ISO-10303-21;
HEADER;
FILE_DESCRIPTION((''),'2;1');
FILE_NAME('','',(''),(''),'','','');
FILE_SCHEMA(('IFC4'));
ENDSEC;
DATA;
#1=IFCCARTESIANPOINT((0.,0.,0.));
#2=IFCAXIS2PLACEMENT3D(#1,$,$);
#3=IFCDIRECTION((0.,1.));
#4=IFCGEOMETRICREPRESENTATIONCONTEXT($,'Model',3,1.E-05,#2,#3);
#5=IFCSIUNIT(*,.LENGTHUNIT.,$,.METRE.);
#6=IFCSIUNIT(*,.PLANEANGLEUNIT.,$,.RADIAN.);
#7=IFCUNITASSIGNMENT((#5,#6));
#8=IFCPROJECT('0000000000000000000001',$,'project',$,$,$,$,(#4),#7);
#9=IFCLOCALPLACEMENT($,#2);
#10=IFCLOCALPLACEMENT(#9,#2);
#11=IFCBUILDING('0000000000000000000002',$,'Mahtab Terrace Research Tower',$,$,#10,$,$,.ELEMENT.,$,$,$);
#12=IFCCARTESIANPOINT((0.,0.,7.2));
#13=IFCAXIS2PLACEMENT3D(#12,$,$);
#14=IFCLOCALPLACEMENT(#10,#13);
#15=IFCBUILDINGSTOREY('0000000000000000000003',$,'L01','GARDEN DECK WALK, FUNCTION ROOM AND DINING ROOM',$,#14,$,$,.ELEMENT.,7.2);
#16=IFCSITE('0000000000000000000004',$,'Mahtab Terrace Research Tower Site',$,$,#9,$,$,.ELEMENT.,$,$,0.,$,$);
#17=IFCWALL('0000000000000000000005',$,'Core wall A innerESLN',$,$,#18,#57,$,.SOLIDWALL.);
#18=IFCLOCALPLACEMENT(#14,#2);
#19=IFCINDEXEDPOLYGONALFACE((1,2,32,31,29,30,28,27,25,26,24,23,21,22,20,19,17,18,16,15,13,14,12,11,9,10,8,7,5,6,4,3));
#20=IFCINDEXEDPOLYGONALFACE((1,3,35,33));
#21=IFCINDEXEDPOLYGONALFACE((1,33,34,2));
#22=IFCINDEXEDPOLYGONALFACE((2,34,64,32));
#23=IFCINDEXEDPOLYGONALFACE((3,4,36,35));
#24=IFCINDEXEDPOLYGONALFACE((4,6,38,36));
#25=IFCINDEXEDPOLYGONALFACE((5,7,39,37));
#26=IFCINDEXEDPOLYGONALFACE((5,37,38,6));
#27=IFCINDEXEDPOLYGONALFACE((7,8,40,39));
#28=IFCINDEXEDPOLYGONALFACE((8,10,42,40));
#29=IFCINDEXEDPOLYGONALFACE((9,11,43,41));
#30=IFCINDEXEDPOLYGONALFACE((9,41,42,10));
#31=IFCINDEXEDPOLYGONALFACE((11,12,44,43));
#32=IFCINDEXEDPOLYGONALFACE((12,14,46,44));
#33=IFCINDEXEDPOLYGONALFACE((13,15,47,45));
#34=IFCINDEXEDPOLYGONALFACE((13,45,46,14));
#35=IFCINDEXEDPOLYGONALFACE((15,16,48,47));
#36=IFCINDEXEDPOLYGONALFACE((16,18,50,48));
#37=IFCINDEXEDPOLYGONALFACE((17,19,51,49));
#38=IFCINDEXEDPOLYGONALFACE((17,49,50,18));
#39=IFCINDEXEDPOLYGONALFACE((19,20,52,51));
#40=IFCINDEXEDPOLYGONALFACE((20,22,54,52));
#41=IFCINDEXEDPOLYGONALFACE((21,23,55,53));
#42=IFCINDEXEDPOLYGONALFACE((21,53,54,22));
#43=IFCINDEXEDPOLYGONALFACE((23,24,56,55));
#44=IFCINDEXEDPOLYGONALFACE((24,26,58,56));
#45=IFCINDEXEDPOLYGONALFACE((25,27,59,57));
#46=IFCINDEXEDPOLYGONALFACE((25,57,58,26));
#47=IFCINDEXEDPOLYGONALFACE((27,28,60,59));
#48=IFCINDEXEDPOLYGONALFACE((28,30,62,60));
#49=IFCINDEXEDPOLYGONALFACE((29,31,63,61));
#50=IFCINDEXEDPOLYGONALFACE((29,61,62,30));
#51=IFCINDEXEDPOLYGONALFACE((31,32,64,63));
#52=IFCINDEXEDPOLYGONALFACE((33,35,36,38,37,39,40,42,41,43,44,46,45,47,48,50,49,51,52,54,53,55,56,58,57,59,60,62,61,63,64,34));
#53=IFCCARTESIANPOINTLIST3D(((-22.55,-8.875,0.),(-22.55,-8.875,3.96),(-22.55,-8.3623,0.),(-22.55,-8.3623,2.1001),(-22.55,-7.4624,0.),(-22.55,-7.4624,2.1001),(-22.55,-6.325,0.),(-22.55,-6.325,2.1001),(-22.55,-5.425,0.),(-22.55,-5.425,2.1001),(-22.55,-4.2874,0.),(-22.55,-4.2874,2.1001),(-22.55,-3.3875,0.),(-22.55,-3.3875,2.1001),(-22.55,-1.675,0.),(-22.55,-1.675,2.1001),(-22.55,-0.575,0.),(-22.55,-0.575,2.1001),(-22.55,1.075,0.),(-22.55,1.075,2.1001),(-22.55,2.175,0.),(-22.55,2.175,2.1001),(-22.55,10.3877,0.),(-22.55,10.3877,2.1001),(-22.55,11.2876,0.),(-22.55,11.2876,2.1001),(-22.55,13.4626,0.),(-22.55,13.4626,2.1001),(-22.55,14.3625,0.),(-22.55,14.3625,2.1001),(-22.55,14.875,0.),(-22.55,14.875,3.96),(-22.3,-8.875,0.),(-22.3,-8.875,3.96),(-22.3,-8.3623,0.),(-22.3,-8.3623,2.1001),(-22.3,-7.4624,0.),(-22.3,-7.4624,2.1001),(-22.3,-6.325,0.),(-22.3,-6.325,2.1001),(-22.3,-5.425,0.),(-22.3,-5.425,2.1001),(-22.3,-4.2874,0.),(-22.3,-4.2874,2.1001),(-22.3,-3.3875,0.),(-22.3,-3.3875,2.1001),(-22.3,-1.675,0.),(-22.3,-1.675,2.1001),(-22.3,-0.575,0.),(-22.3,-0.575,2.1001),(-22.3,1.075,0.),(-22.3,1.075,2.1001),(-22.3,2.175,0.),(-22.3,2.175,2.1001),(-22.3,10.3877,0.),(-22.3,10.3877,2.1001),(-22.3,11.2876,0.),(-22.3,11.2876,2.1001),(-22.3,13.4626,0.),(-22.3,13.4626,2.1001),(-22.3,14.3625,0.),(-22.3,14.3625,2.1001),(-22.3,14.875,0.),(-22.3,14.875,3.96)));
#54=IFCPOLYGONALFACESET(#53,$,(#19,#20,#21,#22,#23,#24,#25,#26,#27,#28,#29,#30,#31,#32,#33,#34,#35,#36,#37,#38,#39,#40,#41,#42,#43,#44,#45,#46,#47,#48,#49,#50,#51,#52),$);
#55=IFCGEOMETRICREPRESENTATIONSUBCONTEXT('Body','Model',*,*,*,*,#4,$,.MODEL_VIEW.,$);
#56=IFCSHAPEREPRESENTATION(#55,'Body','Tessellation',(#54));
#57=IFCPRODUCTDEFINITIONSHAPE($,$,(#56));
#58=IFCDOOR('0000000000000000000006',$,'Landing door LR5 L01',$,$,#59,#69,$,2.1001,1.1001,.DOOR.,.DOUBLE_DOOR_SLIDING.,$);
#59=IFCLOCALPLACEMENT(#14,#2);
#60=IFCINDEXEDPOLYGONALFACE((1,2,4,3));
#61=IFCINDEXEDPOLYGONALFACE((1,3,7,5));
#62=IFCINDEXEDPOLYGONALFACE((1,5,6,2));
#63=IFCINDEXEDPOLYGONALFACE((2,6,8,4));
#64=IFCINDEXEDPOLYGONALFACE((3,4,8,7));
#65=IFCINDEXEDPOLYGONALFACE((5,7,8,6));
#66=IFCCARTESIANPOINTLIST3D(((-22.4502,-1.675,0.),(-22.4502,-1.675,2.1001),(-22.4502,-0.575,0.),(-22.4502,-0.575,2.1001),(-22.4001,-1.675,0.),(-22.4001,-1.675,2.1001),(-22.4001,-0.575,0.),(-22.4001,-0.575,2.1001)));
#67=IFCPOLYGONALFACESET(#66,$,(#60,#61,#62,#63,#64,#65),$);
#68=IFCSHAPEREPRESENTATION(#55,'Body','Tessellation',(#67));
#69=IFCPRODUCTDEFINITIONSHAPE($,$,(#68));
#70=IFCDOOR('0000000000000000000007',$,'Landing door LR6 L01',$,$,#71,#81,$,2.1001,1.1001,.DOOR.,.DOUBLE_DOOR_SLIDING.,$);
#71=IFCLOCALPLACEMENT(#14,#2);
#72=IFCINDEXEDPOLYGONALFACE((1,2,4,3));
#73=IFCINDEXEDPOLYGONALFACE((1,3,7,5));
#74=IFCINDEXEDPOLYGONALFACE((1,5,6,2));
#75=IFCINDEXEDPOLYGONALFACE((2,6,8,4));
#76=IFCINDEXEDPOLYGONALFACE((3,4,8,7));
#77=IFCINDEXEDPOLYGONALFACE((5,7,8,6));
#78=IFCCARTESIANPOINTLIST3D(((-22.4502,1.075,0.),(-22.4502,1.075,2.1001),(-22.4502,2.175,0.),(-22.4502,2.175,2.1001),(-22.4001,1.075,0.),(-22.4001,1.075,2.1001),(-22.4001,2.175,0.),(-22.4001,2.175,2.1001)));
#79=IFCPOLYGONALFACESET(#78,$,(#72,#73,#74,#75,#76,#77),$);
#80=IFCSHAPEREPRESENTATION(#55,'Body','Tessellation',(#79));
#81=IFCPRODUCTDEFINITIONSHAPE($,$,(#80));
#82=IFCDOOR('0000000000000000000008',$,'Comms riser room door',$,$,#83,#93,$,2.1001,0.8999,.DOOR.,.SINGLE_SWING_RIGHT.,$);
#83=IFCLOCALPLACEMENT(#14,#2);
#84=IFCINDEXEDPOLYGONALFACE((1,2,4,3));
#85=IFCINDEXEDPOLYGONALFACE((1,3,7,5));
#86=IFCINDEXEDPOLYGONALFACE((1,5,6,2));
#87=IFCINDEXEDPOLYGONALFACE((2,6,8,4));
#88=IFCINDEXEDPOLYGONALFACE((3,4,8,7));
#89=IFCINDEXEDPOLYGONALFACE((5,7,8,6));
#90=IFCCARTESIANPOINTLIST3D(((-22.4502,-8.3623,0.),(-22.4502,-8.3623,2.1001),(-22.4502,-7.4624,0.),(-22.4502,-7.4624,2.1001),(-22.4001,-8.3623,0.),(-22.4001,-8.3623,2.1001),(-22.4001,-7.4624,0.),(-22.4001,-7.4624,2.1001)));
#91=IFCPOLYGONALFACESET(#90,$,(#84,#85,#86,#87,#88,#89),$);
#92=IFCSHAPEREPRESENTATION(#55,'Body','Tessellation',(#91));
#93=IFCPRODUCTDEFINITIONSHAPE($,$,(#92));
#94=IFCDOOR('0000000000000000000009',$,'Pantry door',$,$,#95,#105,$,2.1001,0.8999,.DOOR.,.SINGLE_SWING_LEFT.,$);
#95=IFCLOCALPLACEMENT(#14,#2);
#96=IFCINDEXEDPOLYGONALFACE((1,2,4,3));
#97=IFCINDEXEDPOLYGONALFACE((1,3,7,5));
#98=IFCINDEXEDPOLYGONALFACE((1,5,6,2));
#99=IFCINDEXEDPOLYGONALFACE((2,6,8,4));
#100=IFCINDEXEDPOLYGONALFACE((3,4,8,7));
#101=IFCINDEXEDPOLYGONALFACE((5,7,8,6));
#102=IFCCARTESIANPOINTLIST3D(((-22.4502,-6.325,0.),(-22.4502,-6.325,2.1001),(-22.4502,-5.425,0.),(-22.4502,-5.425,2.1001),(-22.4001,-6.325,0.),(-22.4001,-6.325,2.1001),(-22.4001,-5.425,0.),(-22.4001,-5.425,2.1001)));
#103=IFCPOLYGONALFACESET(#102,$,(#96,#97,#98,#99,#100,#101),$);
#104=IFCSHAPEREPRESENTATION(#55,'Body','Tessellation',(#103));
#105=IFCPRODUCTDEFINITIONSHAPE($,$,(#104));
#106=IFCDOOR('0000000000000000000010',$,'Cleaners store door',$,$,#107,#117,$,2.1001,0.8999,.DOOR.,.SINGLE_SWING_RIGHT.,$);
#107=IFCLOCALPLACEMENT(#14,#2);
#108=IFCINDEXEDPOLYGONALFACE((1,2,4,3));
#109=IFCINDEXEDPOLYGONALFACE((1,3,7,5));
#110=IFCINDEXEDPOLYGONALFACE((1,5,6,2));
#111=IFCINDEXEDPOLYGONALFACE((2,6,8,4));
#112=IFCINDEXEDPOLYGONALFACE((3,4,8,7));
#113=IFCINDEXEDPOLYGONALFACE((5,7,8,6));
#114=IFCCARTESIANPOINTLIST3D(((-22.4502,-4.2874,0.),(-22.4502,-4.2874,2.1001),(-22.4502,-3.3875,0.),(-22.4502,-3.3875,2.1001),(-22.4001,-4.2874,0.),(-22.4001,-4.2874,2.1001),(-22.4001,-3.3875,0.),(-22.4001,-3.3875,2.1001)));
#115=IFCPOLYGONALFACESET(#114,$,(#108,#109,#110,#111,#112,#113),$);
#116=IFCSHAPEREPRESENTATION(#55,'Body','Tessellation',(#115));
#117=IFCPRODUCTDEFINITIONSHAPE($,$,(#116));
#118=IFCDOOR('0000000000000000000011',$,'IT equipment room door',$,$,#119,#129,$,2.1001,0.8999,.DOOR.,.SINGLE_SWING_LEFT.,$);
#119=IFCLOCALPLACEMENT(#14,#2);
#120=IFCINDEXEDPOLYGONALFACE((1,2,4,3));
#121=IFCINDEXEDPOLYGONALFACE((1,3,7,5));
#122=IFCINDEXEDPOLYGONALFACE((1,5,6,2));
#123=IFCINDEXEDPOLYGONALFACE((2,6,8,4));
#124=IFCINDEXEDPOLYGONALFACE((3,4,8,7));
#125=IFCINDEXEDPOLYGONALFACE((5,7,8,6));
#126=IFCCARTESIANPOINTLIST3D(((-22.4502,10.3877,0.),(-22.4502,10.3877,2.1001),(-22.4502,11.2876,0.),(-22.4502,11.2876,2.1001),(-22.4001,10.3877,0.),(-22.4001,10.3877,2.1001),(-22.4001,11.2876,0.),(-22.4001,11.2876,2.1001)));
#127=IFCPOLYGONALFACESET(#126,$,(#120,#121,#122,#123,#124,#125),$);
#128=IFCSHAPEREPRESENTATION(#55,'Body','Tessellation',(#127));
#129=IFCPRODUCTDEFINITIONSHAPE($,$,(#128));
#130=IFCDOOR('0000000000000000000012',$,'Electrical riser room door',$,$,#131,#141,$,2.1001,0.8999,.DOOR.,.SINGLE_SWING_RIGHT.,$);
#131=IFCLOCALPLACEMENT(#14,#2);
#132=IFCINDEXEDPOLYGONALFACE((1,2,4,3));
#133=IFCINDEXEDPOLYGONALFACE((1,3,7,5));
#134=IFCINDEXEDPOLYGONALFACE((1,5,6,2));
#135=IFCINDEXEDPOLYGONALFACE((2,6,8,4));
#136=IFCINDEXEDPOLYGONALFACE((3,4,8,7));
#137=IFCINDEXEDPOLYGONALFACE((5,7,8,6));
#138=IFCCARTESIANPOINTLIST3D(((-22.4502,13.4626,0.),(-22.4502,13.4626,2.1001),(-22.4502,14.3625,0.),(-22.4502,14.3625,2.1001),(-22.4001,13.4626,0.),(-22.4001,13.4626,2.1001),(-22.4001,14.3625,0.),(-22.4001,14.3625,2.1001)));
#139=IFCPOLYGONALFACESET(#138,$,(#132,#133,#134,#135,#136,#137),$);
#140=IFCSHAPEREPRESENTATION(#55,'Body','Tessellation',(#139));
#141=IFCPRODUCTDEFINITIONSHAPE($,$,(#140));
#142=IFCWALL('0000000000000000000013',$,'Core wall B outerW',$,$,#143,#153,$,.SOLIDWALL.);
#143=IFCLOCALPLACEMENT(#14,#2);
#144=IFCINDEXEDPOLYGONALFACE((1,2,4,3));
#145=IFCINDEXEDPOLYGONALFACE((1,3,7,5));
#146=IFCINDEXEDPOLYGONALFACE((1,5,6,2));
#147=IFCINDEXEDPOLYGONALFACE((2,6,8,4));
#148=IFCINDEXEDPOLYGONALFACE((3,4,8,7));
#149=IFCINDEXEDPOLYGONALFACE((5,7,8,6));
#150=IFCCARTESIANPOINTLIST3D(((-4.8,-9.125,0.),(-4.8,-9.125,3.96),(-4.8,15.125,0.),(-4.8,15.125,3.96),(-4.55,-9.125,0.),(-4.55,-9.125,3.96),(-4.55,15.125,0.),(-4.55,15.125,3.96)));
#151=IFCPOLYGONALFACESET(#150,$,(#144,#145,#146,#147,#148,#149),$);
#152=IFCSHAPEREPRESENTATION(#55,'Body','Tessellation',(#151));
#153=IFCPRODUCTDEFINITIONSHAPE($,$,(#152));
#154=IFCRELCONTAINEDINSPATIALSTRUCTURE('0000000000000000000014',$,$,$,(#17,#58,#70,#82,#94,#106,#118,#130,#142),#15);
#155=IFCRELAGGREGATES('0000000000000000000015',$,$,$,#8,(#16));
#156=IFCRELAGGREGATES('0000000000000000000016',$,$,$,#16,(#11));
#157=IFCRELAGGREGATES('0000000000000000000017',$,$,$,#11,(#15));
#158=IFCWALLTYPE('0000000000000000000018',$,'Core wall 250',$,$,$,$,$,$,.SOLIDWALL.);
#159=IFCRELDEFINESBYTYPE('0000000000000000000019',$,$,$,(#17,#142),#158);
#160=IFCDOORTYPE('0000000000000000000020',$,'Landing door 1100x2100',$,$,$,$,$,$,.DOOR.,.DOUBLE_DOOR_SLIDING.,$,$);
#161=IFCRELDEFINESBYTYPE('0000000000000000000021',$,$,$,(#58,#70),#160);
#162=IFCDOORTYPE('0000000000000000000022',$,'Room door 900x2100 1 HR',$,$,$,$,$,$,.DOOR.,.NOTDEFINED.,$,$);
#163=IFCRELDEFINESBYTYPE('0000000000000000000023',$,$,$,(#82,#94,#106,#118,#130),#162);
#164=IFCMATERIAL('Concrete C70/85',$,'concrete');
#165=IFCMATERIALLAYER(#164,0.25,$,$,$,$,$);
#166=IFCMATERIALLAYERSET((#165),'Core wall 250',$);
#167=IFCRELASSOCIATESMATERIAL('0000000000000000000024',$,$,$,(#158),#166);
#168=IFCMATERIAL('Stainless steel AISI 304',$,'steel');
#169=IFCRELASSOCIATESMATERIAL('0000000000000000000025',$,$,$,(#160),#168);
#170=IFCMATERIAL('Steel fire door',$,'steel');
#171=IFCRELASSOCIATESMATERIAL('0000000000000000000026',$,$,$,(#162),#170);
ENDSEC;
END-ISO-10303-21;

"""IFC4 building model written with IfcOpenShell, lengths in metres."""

from ifc_helpers import new_model, si_unit, direction, frame, frame_2d, origin, place, context, subcontext, project, spatial, rectangle, extrude, material, layer, layer_set, type_object, element, fill, save


model = new_model("IFC4")

# Units and contexts
model_context = context("Model", 3, precision=1e-05, world=origin(), true_north=direction((0.0, 1.0)))
body_context = subcontext(model_context, "Body", "Model", "MODEL_VIEW")
ifc_project = project(units=[si_unit("LENGTHUNIT", "METRE"), si_unit("PLANEANGLEUNIT", "RADIAN")], contexts=[model_context])

# Site, building, storey
site_placement = place(None, origin())
site = spatial("IfcSite", under=ifc_project, at=site_placement, Name="Mahtab Terrace Research Tower Site", CompositionType="ELEMENT", RefElevation=0.0)
building_placement = place(site_placement, origin())
building = spatial("IfcBuilding", under=site, at=building_placement, Name="Mahtab Terrace Research Tower", CompositionType="ELEMENT")
storey_placement = place(building_placement, frame((0.0, 0.0, 7.2)))
storey = spatial("IfcBuildingStorey", under=building, at=storey_placement, Name="L01", Description="GARDEN DECK WALK, FUNCTION ROOM AND DINING ROOM", CompositionType="ELEMENT", Elevation=7.2)

# Shared definitions
ifc_material_1 = material(Name="Concrete C70/85", Category="concrete")

# Wall, openings, doors
ifc_layer_1 = layer(ifc_material_1, 0.25)
ifc_layer_set_1 = layer_set([ifc_layer_1], Name="Core wall 250")
wall_type_1 = type_object("IfcWallType", Name="Core wall 250", PredefinedType="SOLIDWALL", material=ifc_layer_set_1)
wall_1_placement = place(storey_placement, frame((-22.425, 14.875, 0.0), z_axis=(0.0, 0.0, 1.0), x_axis=(0.0, -1.0, 0.0)))
wall_1 = element("IfcWall", 1, at=wall_1_placement, inside=storey, type_object=wall_type_1, Name="Core wall A innerESLN", PredefinedType="SOLIDWALL", context=body_context, shape_type="SweptSolid", body=[
    extrude(rectangle(XDim=23.75, YDim=0.25, at=frame_2d((11.875, 0.0))), origin(), (0.0, 0.0, 1.0), 3.96),
])
opening_1_placement = place(wall_1_placement, frame((15.45, 0.0, 0.0)))
opening_1 = element("IfcOpeningElement", 2, at=opening_1_placement, cuts=wall_1, PredefinedType="OPENING", context=body_context, shape_type="SweptSolid", body=[
    extrude(rectangle(XDim=1.1001, YDim=2.1001, at=frame_2d((0.55, 1.05))), frame((0.0, 0.135, 0.0), z_axis=(0.0, -1.0, 0.0), x_axis=(1.0, 0.0, 0.0)), (0.0, 0.0, 1.0), 0.27),
])
opening_2_placement = place(wall_1_placement, frame((12.7, 0.0, 0.0)))
opening_2 = element("IfcOpeningElement", 3, at=opening_2_placement, cuts=wall_1, PredefinedType="OPENING", context=body_context, shape_type="SweptSolid", body=[
    extrude(rectangle(XDim=1.1001, YDim=2.1001, at=frame_2d((0.55, 1.05))), frame((0.0, 0.135, 0.0), z_axis=(0.0, -1.0, 0.0), x_axis=(1.0, 0.0, 0.0)), (0.0, 0.0, 1.0), 0.27),
])
opening_3_placement = place(wall_1_placement, frame((22.3374, 0.0, 0.0)))
opening_3 = element("IfcOpeningElement", 4, at=opening_3_placement, cuts=wall_1, PredefinedType="OPENING", context=body_context, shape_type="SweptSolid", body=[
    extrude(rectangle(XDim=0.8999, YDim=2.1001, at=frame_2d((0.45, 1.05))), frame((0.0, 0.135, 0.0), z_axis=(0.0, -1.0, 0.0), x_axis=(1.0, 0.0, 0.0)), (0.0, 0.0, 1.0), 0.27),
])
opening_4_placement = place(wall_1_placement, frame((20.3, 0.0, 0.0)))
opening_4 = element("IfcOpeningElement", 5, at=opening_4_placement, cuts=wall_1, PredefinedType="OPENING", context=body_context, shape_type="SweptSolid", body=[
    extrude(rectangle(XDim=0.8999, YDim=2.1001, at=frame_2d((0.45, 1.05))), frame((0.0, 0.135, 0.0), z_axis=(0.0, -1.0, 0.0), x_axis=(1.0, 0.0, 0.0)), (0.0, 0.0, 1.0), 0.27),
])
opening_5_placement = place(wall_1_placement, frame((18.2625, 0.0, 0.0)))
opening_5 = element("IfcOpeningElement", 6, at=opening_5_placement, cuts=wall_1, PredefinedType="OPENING", context=body_context, shape_type="SweptSolid", body=[
    extrude(rectangle(XDim=0.8999, YDim=2.1001, at=frame_2d((0.45, 1.05))), frame((0.0, 0.135, 0.0), z_axis=(0.0, -1.0, 0.0), x_axis=(1.0, 0.0, 0.0)), (0.0, 0.0, 1.0), 0.27),
])
opening_6_placement = place(wall_1_placement, frame((3.5874, 0.0, 0.0)))
opening_6 = element("IfcOpeningElement", 7, at=opening_6_placement, cuts=wall_1, PredefinedType="OPENING", context=body_context, shape_type="SweptSolid", body=[
    extrude(rectangle(XDim=0.8999, YDim=2.1001, at=frame_2d((0.45, 1.05))), frame((0.0, 0.135, 0.0), z_axis=(0.0, -1.0, 0.0), x_axis=(1.0, 0.0, 0.0)), (0.0, 0.0, 1.0), 0.27),
])
opening_7_placement = place(wall_1_placement, frame((0.5125, 0.0, 0.0)))
opening_7 = element("IfcOpeningElement", 8, at=opening_7_placement, cuts=wall_1, PredefinedType="OPENING", context=body_context, shape_type="SweptSolid", body=[
    extrude(rectangle(XDim=0.8999, YDim=2.1001, at=frame_2d((0.45, 1.05))), frame((0.0, 0.135, 0.0), z_axis=(0.0, -1.0, 0.0), x_axis=(1.0, 0.0, 0.0)), (0.0, 0.0, 1.0), 0.27),
])
ifc_material_2 = material(Name="Stainless steel AISI 304", Category="steel")
door_type_1 = type_object("IfcDoorType", Name="Landing door 1100x2100", OperationType="DOUBLE_DOOR_SLIDING", PredefinedType="DOOR", material=ifc_material_2)
door_1_placement = place(opening_1_placement, origin())
door_1 = element("IfcDoor", 9, at=door_1_placement, inside=storey, type_object=door_type_1, Name="Landing door LR5 L01", OperationType="DOUBLE_DOOR_SLIDING", OverallHeight=2.1001, OverallWidth=1.1001, PredefinedType="DOOR", context=body_context, shape_type="SweptSolid", body=[
    extrude(rectangle(XDim=1.1001, YDim=2.1001, at=frame_2d((0.55, 1.05))), frame((0.0, 0.0249, 0.0), z_axis=(0.0, -1.0, 0.0), x_axis=(1.0, 0.0, 0.0)), (0.0, 0.0, 1.0), 0.05),
])
fill(opening_1, door_1)
door_2_placement = place(opening_2_placement, origin())
door_2 = element("IfcDoor", 10, at=door_2_placement, inside=storey, type_object=door_type_1, Name="Landing door LR6 L01", OperationType="DOUBLE_DOOR_SLIDING", OverallHeight=2.1001, OverallWidth=1.1001, PredefinedType="DOOR", context=body_context, shape_type="SweptSolid", body=[
    extrude(rectangle(XDim=1.1001, YDim=2.1001, at=frame_2d((0.55, 1.05))), frame((0.0, 0.0249, 0.0), z_axis=(0.0, -1.0, 0.0), x_axis=(1.0, 0.0, 0.0)), (0.0, 0.0, 1.0), 0.05),
])
fill(opening_2, door_2)
ifc_material_3 = material(Name="Steel fire door", Category="steel")
door_type_2 = type_object("IfcDoorType", Name="Room door 900x2100 1 HR", OperationType="NOTDEFINED", PredefinedType="DOOR", material=ifc_material_3)
door_3_placement = place(opening_3_placement, origin())
door_3 = element("IfcDoor", 11, at=door_3_placement, inside=storey, type_object=door_type_2, Name="Comms riser room door", OperationType="SINGLE_SWING_RIGHT", OverallHeight=2.1001, OverallWidth=0.8999, PredefinedType="DOOR", context=body_context, shape_type="SweptSolid", body=[
    extrude(rectangle(XDim=0.8999, YDim=2.1001, at=frame_2d((0.45, 1.05))), frame((0.0, 0.0249, 0.0), z_axis=(0.0, -1.0, 0.0), x_axis=(1.0, 0.0, 0.0)), (0.0, 0.0, 1.0), 0.05),
])
fill(opening_3, door_3)
door_4_placement = place(opening_4_placement, origin())
door_4 = element("IfcDoor", 12, at=door_4_placement, inside=storey, type_object=door_type_2, Name="Pantry door", OperationType="SINGLE_SWING_LEFT", OverallHeight=2.1001, OverallWidth=0.8999, PredefinedType="DOOR", context=body_context, shape_type="SweptSolid", body=[
    extrude(rectangle(XDim=0.8999, YDim=2.1001, at=frame_2d((0.45, 1.05))), frame((0.0, 0.0249, 0.0), z_axis=(0.0, -1.0, 0.0), x_axis=(1.0, 0.0, 0.0)), (0.0, 0.0, 1.0), 0.05),
])
fill(opening_4, door_4)
door_5_placement = place(opening_5_placement, origin())
door_5 = element("IfcDoor", 13, at=door_5_placement, inside=storey, type_object=door_type_2, Name="Cleaners store door", OperationType="SINGLE_SWING_RIGHT", OverallHeight=2.1001, OverallWidth=0.8999, PredefinedType="DOOR", context=body_context, shape_type="SweptSolid", body=[
    extrude(rectangle(XDim=0.8999, YDim=2.1001, at=frame_2d((0.45, 1.05))), frame((0.0, 0.0249, 0.0), z_axis=(0.0, -1.0, 0.0), x_axis=(1.0, 0.0, 0.0)), (0.0, 0.0, 1.0), 0.05),
])
fill(opening_5, door_5)
door_6_placement = place(opening_6_placement, origin())
door_6 = element("IfcDoor", 14, at=door_6_placement, inside=storey, type_object=door_type_2, Name="IT equipment room door", OperationType="SINGLE_SWING_LEFT", OverallHeight=2.1001, OverallWidth=0.8999, PredefinedType="DOOR", context=body_context, shape_type="SweptSolid", body=[
    extrude(rectangle(XDim=0.8999, YDim=2.1001, at=frame_2d((0.45, 1.05))), frame((0.0, 0.0249, 0.0), z_axis=(0.0, -1.0, 0.0), x_axis=(1.0, 0.0, 0.0)), (0.0, 0.0, 1.0), 0.05),
])
fill(opening_6, door_6)
door_7_placement = place(opening_7_placement, origin())
door_7 = element("IfcDoor", 15, at=door_7_placement, inside=storey, type_object=door_type_2, Name="Electrical riser room door", OperationType="SINGLE_SWING_RIGHT", OverallHeight=2.1001, OverallWidth=0.8999, PredefinedType="DOOR", context=body_context, shape_type="SweptSolid", body=[
    extrude(rectangle(XDim=0.8999, YDim=2.1001, at=frame_2d((0.45, 1.05))), frame((0.0, 0.0249, 0.0), z_axis=(0.0, -1.0, 0.0), x_axis=(1.0, 0.0, 0.0)), (0.0, 0.0, 1.0), 0.05),
])
fill(opening_7, door_7)

# Wall
wall_2_placement = place(storey_placement, frame((-4.675, 15.125, 0.0), z_axis=(0.0, 0.0, 1.0), x_axis=(0.0, -1.0, 0.0)))
element("IfcWall", 16, at=wall_2_placement, inside=storey, type_object=wall_type_1, Name="Core wall B outerW", PredefinedType="SOLIDWALL", context=body_context, shape_type="SweptSolid", body=[
    extrude(rectangle(XDim=24.25, YDim=0.25, at=frame_2d((12.125, 0.0))), origin(), (0.0, 0.0, 1.0), 3.96),
])

save(model, "model.ifc")
